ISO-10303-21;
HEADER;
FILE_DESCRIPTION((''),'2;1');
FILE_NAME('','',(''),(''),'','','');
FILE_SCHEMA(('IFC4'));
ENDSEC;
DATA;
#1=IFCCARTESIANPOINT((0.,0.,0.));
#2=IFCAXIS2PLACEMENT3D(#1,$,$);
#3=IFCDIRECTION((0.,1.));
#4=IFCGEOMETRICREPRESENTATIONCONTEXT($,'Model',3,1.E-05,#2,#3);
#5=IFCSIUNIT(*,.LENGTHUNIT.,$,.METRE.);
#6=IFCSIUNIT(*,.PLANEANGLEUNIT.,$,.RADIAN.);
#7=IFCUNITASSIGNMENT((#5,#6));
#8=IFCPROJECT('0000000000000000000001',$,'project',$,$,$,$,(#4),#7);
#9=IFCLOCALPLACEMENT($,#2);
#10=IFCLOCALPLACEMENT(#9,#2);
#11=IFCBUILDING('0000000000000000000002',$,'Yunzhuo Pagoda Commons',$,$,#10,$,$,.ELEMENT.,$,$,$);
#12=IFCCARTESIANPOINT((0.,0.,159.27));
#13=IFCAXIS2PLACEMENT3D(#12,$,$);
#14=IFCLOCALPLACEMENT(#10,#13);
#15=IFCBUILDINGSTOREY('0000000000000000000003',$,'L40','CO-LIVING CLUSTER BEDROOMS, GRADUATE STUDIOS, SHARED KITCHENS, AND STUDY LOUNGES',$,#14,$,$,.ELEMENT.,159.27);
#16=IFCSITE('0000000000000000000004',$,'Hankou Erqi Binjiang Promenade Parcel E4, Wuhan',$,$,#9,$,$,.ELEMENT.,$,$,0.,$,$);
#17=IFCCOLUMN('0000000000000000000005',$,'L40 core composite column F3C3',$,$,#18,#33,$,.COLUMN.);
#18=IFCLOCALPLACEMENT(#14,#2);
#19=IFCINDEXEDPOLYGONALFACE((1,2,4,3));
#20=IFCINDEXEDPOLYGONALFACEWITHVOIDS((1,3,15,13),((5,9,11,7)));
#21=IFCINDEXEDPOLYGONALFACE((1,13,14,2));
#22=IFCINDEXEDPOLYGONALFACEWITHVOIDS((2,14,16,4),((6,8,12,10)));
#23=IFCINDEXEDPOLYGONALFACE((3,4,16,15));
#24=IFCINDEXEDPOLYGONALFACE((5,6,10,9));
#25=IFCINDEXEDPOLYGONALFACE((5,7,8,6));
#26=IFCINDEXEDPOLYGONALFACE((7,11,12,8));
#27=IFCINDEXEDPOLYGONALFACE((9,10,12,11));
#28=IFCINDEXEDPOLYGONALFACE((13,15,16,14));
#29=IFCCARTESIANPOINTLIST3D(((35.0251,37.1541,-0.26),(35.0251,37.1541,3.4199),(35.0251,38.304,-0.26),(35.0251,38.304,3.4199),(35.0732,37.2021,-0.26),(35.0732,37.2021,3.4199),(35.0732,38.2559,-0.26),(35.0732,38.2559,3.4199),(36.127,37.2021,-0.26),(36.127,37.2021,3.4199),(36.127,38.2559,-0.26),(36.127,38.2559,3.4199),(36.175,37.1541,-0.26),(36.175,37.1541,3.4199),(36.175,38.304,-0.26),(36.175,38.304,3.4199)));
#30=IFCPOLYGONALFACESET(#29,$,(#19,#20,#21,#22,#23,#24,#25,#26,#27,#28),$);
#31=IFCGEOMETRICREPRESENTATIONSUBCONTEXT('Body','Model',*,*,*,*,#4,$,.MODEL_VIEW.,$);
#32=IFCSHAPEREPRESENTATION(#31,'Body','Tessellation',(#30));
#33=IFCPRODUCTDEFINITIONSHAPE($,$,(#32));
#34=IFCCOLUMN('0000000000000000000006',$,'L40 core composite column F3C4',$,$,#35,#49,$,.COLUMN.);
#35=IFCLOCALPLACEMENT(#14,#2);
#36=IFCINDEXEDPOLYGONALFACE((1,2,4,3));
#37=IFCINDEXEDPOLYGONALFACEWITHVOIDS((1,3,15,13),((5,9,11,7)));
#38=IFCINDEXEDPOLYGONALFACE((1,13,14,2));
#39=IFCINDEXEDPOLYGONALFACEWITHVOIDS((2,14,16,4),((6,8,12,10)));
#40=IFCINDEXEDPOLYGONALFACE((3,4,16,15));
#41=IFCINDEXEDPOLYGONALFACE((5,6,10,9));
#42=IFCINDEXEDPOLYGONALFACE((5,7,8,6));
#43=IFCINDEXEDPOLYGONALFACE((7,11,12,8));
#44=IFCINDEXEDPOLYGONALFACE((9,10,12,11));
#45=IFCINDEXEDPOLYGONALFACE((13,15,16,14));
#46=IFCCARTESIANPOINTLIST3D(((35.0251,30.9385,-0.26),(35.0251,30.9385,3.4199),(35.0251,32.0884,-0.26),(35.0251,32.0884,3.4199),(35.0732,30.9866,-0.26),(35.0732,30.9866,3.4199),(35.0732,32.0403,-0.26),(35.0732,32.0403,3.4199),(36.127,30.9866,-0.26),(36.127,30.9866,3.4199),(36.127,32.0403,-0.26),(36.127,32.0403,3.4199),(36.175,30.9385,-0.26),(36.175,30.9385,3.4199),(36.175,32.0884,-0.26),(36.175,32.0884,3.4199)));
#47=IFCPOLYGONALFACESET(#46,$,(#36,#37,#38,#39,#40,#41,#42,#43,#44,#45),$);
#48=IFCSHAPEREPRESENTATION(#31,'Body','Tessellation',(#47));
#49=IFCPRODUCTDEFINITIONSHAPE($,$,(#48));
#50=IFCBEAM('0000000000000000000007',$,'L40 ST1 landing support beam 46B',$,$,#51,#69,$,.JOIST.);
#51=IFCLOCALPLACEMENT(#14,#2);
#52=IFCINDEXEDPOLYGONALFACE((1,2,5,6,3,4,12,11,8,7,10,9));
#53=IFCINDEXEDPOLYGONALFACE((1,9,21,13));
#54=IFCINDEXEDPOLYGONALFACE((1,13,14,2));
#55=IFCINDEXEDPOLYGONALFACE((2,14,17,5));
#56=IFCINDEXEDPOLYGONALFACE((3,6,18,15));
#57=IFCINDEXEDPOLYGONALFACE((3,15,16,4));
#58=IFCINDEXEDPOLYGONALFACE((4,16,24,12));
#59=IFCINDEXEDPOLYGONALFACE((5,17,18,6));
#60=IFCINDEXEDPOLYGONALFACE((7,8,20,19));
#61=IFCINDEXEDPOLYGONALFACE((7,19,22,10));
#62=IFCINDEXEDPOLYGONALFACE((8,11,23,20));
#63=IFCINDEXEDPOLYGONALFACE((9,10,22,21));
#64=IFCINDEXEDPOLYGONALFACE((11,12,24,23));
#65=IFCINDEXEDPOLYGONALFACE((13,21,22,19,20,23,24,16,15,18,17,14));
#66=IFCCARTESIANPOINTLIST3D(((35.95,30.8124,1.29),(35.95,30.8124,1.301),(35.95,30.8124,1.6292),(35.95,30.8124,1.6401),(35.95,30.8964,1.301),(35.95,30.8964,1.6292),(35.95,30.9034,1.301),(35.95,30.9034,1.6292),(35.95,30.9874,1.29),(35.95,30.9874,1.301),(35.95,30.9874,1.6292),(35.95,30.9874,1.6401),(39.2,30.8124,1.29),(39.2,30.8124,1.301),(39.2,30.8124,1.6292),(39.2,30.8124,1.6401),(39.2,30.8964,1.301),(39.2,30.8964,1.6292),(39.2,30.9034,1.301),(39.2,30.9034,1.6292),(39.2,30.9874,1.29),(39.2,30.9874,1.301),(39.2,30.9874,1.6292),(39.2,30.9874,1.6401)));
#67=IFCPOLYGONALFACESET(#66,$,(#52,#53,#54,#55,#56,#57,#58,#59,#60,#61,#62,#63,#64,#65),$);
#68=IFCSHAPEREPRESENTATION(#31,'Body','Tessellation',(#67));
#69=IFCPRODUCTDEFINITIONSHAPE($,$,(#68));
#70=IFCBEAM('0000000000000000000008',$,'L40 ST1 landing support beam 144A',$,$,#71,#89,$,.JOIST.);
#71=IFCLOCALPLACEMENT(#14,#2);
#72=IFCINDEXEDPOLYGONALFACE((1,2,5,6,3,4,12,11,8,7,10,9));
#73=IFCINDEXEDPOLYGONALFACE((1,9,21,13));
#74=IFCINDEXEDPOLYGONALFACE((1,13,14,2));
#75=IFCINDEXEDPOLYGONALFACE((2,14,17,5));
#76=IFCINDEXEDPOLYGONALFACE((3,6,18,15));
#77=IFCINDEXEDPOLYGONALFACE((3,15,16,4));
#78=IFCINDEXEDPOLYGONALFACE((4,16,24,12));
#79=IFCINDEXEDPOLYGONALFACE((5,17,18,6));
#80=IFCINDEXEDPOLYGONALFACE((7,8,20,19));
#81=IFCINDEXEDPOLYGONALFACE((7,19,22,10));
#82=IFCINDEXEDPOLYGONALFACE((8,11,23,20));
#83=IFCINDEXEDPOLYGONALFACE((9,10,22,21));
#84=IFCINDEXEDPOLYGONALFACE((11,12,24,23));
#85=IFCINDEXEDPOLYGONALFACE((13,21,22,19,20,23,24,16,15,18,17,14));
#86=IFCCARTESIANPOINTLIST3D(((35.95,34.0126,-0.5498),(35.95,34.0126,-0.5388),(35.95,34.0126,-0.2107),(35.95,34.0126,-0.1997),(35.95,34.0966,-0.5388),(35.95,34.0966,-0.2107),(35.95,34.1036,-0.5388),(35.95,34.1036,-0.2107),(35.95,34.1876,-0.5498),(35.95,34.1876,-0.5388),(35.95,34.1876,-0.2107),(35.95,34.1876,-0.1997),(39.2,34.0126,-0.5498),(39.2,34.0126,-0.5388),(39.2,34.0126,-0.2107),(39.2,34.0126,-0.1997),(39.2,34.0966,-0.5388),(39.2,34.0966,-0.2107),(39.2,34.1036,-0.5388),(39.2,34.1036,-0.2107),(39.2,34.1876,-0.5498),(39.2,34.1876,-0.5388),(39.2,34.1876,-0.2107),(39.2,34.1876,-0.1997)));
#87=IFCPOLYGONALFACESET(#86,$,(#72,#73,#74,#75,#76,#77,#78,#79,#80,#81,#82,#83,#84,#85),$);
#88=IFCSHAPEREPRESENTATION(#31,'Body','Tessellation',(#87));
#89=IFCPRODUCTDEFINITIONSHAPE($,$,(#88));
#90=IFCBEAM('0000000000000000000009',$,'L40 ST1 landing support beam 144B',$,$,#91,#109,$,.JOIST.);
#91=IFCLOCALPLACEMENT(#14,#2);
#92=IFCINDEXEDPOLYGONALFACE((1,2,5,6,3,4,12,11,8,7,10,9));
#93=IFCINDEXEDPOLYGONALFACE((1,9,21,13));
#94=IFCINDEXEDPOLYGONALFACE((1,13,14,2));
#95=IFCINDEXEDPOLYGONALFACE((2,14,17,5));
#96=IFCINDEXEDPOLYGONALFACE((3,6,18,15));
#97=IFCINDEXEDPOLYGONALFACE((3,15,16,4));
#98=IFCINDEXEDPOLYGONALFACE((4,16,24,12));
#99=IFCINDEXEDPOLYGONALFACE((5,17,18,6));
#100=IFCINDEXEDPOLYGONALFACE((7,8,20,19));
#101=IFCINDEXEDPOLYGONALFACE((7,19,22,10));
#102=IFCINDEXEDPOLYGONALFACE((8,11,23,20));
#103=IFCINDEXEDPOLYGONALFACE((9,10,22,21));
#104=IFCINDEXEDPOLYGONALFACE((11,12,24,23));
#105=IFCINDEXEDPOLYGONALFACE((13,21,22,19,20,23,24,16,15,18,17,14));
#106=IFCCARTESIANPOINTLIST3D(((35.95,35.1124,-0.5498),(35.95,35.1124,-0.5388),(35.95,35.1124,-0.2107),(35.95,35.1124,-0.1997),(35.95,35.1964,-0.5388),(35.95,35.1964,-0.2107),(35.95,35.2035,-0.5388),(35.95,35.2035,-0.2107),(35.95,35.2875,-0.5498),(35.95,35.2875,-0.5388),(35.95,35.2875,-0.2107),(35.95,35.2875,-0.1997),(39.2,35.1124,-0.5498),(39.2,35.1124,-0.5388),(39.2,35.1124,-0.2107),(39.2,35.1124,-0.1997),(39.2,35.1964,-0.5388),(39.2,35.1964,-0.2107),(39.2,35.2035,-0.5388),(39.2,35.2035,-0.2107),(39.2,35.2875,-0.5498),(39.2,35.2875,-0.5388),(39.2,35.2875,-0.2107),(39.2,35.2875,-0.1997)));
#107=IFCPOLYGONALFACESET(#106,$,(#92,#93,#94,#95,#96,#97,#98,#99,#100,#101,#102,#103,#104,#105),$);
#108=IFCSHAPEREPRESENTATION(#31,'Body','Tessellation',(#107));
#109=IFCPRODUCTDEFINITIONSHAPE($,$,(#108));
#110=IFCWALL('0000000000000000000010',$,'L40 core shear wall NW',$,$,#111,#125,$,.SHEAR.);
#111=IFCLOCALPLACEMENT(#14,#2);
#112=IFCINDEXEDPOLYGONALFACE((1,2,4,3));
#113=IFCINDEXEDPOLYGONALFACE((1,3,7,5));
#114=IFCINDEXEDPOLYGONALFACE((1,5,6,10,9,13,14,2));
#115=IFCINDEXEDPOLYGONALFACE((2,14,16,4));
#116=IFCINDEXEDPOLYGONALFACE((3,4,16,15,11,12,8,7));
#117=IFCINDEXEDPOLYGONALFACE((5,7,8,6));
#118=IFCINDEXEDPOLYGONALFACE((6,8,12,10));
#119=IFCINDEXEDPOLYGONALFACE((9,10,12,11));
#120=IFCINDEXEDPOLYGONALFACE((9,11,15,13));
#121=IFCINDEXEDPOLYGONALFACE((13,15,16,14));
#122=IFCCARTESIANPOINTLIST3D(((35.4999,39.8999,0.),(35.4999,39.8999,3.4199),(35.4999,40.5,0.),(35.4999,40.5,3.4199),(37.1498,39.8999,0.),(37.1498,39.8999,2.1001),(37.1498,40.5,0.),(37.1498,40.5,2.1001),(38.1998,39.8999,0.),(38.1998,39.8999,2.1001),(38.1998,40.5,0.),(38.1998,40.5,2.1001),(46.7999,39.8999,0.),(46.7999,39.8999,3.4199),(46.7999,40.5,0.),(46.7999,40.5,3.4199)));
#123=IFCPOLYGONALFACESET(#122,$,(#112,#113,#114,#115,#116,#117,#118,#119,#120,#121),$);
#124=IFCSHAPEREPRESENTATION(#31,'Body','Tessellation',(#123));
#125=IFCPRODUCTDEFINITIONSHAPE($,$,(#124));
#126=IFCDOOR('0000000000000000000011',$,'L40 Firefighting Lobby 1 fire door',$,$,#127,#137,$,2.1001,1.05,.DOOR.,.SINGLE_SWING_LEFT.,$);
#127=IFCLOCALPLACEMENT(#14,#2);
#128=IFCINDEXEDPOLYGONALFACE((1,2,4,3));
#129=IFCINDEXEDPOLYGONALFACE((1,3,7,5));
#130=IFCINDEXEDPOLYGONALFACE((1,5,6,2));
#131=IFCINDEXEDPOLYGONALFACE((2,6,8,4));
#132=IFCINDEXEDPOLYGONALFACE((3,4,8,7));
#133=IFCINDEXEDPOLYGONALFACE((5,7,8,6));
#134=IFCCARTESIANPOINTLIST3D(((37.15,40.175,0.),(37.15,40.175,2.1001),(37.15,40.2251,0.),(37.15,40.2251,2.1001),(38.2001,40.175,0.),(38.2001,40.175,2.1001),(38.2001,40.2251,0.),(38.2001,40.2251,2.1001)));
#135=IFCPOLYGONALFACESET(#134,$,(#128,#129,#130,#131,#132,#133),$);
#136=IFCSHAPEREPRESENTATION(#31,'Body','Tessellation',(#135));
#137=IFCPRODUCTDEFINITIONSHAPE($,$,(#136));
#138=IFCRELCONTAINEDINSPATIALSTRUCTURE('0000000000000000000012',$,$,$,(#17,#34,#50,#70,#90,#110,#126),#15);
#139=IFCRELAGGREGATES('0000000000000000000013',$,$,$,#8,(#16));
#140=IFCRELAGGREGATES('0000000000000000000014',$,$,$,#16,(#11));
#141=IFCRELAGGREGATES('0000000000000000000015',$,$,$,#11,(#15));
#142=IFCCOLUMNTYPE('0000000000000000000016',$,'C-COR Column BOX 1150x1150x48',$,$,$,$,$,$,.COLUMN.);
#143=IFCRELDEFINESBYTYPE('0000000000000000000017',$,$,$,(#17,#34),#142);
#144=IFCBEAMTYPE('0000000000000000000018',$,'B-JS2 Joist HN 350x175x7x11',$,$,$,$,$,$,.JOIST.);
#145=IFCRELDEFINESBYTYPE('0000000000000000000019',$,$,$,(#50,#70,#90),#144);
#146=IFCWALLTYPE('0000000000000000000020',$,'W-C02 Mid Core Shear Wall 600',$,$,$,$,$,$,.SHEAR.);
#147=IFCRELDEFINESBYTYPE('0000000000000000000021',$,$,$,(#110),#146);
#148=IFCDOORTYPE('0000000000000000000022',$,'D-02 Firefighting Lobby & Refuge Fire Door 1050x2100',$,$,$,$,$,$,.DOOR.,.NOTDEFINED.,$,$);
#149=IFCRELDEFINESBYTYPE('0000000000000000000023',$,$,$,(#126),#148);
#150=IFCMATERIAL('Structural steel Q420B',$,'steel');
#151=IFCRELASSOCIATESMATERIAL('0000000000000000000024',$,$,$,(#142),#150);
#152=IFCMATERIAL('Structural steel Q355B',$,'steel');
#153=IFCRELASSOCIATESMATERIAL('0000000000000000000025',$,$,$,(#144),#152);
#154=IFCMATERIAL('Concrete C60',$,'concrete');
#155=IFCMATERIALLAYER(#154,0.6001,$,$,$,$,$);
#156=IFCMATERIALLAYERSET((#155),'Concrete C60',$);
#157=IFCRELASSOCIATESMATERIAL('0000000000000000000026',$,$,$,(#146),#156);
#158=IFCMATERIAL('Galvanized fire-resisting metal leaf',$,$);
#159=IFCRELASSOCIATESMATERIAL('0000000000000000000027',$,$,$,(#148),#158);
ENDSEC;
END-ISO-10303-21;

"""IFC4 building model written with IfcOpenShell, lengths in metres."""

from ifc_helpers import new_model, si_unit, direction, frame, frame_2d, origin, origin_2d, place, context, subcontext, project, spatial, rectangle, hollow_rectangle, i_section, extrude, source, transform, mapped, material, layer, layer_set, material_profile, profile_set, type_object, element, fill, save


model = new_model("IFC4")

# Units and contexts
model_context = context("Model", 3, precision=1e-05, world=origin(), true_north=direction((0.0, 1.0)))
body_context = subcontext(model_context, "Body", "Model", "MODEL_VIEW")
ifc_project = project(units=[si_unit("LENGTHUNIT", "METRE"), si_unit("PLANEANGLEUNIT", "RADIAN")], contexts=[model_context])

# Site, building, storey
site_placement = place(None, origin())
site = spatial("IfcSite", under=ifc_project, at=site_placement, Name="Hankou Erqi Binjiang Promenade Parcel E4, Wuhan", CompositionType="ELEMENT", RefElevation=0.0)
building_placement = place(site_placement, origin())
building = spatial("IfcBuilding", under=site, at=building_placement, Name="Yunzhuo Pagoda Commons", CompositionType="ELEMENT")
storey_placement = place(building_placement, frame((0.0, 0.0, 159.27)))
storey = spatial("IfcBuildingStorey", under=building, at=storey_placement, Name="L40", Description="CO-LIVING CLUSTER BEDROOMS, GRADUATE STUDIOS, SHARED KITCHENS, AND STUDY LOUNGES", CompositionType="ELEMENT", Elevation=159.27)

# Columns
ifc_material_1 = material(Name="Structural steel Q420B", Category="steel")
ifc_material_profile_1 = material_profile(ifc_material_1, hollow_rectangle(XDim=1.1499, YDim=1.1499, WallThickness=0.0481, at=origin_2d()), Name="Structural steel Q420B")
ifc_profile_set_1 = profile_set([ifc_material_profile_1], Name="Structural steel Q420B")
column_type = type_object("IfcColumnType", Name="C-COR Column BOX 1150x1150x48", PredefinedType="COLUMN", material=ifc_profile_set_1)
shared_shape_1 = source(origin(), body_context, "Body", "SweptSolid", [
    extrude(hollow_rectangle(XDim=1.1499, YDim=1.1499, WallThickness=0.0481, at=origin_2d()), origin(), (0.0, 0.0, 1.0), 3.6799),
])
for number, where, z_axis, x_axis, name in (
    (1, (35.6001, 37.729, -0.26), (0.0, 0.0, 1.0), (1.0, 0.0, 0.0), "L40 core composite column F3C3"),
    (2, (35.6001, 31.5134, -0.26), (0.0, 0.0, 1.0), (1.0, 0.0, 0.0), "L40 core composite column F3C4"),
):
    element("IfcColumn", number, at=place(storey_placement, frame(where, z_axis=z_axis, x_axis=x_axis)), inside=storey, type_object=column_type, Name=name, PredefinedType="COLUMN", context=body_context, shape_type="MappedRepresentation", body=[
        mapped(shared_shape_1, transform((0.0, 0.0, 0.0), scale=1.0)),
    ])

# Beams
ifc_material_2 = material(Name="Structural steel Q355B", Category="steel")
ifc_material_profile_2 = material_profile(ifc_material_2, i_section(OverallWidth=0.175, OverallDepth=0.3501, WebThickness=0.0071, FlangeThickness=0.011, at=origin_2d()), Name="Structural steel Q355B")
ifc_profile_set_2 = profile_set([ifc_material_profile_2], Name="Structural steel Q355B")
beam_type = type_object("IfcBeamType", Name="B-JS2 Joist HN 350x175x7x11", PredefinedType="JOIST", material=ifc_profile_set_2)
shared_shape_2 = source(origin(), body_context, "Body", "SweptSolid", [
    extrude(i_section(OverallWidth=0.175, OverallDepth=0.3501, WebThickness=0.0071, FlangeThickness=0.011, at=origin_2d()), origin(), (0.0, 0.0, 1.0), 3.25),
])
for number, where, z_axis, x_axis, name in (
    (3, (35.95, 30.8999, 1.4651), (1.0, 0.0, 0.0), (0.0, 1.0, 0.0), "L40 ST1 landing support beam 46B"),
    (4, (35.95, 34.1001, -0.3748), (1.0, 0.0, 0.0), (0.0, 1.0, 0.0), "L40 ST1 landing support beam 144A"),
    (5, (35.95, 35.2, -0.3748), (1.0, 0.0, 0.0), (0.0, 1.0, 0.0), "L40 ST1 landing support beam 144B"),
):
    element("IfcBeam", number, at=place(storey_placement, frame(where, z_axis=z_axis, x_axis=x_axis)), inside=storey, type_object=beam_type, Name=name, PredefinedType="JOIST", context=body_context, shape_type="MappedRepresentation", body=[
        mapped(shared_shape_2, transform((0.0, 0.0, 0.0), scale=1.0)),
    ])

# Wall, opening, door
ifc_material_3 = material(Name="Concrete C60", Category="concrete")
ifc_layer_1 = layer(ifc_material_3, 0.6001)
ifc_layer_set_1 = layer_set([ifc_layer_1], Name="Concrete C60")
wall_type_1 = type_object("IfcWallType", Name="W-C02 Mid Core Shear Wall 600", PredefinedType="SHEAR", material=ifc_layer_set_1)
wall_1_placement = place(storey_placement, frame((35.5, 40.2, 0.0), z_axis=(0.0, 0.0, 1.0), x_axis=(1.0, 0.0, 0.0)))
wall_1 = element("IfcWall", 6, at=wall_1_placement, inside=storey, type_object=wall_type_1, Name="L40 core shear wall NW", PredefinedType="SHEAR", context=body_context, shape_type="SweptSolid", body=[
    extrude(rectangle(XDim=11.3, YDim=0.6001, at=frame_2d((5.6499, 0.0))), origin(), (0.0, 0.0, 1.0), 3.4199),
])
opening_1_placement = place(wall_1_placement, frame((1.6499, 0.0, 0.0)))
opening_1 = element("IfcOpeningElement", 7, at=opening_1_placement, cuts=wall_1, PredefinedType="OPENING", context=body_context, shape_type="SweptSolid", body=[
    extrude(rectangle(XDim=1.05, YDim=2.1001, at=frame_2d((0.5249, 1.05))), frame((0.0, 0.3101, 0.0), z_axis=(0.0, -1.0, 0.0), x_axis=(1.0, 0.0, 0.0)), (0.0, 0.0, 1.0), 0.6201),
])
ifc_material_4 = material(Name="Galvanized fire-resisting metal leaf")
door_type_1 = type_object("IfcDoorType", Name="D-02 Firefighting Lobby & Refuge Fire Door 1050x2100", OperationType="NOTDEFINED", PredefinedType="DOOR", material=ifc_material_4)
shared_shape_3 = source(origin(), body_context, "Body", "SweptSolid", [
    extrude(rectangle(XDim=1.05, YDim=2.1001, at=frame_2d((0.5249, 1.05))), frame((0.0, 0.0249, 0.0), z_axis=(0.0, -1.0, 0.0), x_axis=(1.0, 0.0, 0.0)), (0.0, 0.0, 1.0), 0.05),
])
door_1_placement = place(opening_1_placement, frame((1.05, 0.0, 0.0), z_axis=(0.0, 0.0, 1.0), x_axis=(-1.0, 0.0, 0.0)))
door_1 = element("IfcDoor", 8, at=door_1_placement, inside=storey, type_object=door_type_1, Name="L40 Firefighting Lobby 1 fire door", OperationType="SINGLE_SWING_LEFT", OverallHeight=2.1001, OverallWidth=1.05, PredefinedType="DOOR", context=body_context, shape_type="MappedRepresentation", body=[
    mapped(shared_shape_3, transform((0.0, 0.0, 0.0), scale=1.0)),
])
fill(opening_1, door_1)

save(model, "model.ifc")
